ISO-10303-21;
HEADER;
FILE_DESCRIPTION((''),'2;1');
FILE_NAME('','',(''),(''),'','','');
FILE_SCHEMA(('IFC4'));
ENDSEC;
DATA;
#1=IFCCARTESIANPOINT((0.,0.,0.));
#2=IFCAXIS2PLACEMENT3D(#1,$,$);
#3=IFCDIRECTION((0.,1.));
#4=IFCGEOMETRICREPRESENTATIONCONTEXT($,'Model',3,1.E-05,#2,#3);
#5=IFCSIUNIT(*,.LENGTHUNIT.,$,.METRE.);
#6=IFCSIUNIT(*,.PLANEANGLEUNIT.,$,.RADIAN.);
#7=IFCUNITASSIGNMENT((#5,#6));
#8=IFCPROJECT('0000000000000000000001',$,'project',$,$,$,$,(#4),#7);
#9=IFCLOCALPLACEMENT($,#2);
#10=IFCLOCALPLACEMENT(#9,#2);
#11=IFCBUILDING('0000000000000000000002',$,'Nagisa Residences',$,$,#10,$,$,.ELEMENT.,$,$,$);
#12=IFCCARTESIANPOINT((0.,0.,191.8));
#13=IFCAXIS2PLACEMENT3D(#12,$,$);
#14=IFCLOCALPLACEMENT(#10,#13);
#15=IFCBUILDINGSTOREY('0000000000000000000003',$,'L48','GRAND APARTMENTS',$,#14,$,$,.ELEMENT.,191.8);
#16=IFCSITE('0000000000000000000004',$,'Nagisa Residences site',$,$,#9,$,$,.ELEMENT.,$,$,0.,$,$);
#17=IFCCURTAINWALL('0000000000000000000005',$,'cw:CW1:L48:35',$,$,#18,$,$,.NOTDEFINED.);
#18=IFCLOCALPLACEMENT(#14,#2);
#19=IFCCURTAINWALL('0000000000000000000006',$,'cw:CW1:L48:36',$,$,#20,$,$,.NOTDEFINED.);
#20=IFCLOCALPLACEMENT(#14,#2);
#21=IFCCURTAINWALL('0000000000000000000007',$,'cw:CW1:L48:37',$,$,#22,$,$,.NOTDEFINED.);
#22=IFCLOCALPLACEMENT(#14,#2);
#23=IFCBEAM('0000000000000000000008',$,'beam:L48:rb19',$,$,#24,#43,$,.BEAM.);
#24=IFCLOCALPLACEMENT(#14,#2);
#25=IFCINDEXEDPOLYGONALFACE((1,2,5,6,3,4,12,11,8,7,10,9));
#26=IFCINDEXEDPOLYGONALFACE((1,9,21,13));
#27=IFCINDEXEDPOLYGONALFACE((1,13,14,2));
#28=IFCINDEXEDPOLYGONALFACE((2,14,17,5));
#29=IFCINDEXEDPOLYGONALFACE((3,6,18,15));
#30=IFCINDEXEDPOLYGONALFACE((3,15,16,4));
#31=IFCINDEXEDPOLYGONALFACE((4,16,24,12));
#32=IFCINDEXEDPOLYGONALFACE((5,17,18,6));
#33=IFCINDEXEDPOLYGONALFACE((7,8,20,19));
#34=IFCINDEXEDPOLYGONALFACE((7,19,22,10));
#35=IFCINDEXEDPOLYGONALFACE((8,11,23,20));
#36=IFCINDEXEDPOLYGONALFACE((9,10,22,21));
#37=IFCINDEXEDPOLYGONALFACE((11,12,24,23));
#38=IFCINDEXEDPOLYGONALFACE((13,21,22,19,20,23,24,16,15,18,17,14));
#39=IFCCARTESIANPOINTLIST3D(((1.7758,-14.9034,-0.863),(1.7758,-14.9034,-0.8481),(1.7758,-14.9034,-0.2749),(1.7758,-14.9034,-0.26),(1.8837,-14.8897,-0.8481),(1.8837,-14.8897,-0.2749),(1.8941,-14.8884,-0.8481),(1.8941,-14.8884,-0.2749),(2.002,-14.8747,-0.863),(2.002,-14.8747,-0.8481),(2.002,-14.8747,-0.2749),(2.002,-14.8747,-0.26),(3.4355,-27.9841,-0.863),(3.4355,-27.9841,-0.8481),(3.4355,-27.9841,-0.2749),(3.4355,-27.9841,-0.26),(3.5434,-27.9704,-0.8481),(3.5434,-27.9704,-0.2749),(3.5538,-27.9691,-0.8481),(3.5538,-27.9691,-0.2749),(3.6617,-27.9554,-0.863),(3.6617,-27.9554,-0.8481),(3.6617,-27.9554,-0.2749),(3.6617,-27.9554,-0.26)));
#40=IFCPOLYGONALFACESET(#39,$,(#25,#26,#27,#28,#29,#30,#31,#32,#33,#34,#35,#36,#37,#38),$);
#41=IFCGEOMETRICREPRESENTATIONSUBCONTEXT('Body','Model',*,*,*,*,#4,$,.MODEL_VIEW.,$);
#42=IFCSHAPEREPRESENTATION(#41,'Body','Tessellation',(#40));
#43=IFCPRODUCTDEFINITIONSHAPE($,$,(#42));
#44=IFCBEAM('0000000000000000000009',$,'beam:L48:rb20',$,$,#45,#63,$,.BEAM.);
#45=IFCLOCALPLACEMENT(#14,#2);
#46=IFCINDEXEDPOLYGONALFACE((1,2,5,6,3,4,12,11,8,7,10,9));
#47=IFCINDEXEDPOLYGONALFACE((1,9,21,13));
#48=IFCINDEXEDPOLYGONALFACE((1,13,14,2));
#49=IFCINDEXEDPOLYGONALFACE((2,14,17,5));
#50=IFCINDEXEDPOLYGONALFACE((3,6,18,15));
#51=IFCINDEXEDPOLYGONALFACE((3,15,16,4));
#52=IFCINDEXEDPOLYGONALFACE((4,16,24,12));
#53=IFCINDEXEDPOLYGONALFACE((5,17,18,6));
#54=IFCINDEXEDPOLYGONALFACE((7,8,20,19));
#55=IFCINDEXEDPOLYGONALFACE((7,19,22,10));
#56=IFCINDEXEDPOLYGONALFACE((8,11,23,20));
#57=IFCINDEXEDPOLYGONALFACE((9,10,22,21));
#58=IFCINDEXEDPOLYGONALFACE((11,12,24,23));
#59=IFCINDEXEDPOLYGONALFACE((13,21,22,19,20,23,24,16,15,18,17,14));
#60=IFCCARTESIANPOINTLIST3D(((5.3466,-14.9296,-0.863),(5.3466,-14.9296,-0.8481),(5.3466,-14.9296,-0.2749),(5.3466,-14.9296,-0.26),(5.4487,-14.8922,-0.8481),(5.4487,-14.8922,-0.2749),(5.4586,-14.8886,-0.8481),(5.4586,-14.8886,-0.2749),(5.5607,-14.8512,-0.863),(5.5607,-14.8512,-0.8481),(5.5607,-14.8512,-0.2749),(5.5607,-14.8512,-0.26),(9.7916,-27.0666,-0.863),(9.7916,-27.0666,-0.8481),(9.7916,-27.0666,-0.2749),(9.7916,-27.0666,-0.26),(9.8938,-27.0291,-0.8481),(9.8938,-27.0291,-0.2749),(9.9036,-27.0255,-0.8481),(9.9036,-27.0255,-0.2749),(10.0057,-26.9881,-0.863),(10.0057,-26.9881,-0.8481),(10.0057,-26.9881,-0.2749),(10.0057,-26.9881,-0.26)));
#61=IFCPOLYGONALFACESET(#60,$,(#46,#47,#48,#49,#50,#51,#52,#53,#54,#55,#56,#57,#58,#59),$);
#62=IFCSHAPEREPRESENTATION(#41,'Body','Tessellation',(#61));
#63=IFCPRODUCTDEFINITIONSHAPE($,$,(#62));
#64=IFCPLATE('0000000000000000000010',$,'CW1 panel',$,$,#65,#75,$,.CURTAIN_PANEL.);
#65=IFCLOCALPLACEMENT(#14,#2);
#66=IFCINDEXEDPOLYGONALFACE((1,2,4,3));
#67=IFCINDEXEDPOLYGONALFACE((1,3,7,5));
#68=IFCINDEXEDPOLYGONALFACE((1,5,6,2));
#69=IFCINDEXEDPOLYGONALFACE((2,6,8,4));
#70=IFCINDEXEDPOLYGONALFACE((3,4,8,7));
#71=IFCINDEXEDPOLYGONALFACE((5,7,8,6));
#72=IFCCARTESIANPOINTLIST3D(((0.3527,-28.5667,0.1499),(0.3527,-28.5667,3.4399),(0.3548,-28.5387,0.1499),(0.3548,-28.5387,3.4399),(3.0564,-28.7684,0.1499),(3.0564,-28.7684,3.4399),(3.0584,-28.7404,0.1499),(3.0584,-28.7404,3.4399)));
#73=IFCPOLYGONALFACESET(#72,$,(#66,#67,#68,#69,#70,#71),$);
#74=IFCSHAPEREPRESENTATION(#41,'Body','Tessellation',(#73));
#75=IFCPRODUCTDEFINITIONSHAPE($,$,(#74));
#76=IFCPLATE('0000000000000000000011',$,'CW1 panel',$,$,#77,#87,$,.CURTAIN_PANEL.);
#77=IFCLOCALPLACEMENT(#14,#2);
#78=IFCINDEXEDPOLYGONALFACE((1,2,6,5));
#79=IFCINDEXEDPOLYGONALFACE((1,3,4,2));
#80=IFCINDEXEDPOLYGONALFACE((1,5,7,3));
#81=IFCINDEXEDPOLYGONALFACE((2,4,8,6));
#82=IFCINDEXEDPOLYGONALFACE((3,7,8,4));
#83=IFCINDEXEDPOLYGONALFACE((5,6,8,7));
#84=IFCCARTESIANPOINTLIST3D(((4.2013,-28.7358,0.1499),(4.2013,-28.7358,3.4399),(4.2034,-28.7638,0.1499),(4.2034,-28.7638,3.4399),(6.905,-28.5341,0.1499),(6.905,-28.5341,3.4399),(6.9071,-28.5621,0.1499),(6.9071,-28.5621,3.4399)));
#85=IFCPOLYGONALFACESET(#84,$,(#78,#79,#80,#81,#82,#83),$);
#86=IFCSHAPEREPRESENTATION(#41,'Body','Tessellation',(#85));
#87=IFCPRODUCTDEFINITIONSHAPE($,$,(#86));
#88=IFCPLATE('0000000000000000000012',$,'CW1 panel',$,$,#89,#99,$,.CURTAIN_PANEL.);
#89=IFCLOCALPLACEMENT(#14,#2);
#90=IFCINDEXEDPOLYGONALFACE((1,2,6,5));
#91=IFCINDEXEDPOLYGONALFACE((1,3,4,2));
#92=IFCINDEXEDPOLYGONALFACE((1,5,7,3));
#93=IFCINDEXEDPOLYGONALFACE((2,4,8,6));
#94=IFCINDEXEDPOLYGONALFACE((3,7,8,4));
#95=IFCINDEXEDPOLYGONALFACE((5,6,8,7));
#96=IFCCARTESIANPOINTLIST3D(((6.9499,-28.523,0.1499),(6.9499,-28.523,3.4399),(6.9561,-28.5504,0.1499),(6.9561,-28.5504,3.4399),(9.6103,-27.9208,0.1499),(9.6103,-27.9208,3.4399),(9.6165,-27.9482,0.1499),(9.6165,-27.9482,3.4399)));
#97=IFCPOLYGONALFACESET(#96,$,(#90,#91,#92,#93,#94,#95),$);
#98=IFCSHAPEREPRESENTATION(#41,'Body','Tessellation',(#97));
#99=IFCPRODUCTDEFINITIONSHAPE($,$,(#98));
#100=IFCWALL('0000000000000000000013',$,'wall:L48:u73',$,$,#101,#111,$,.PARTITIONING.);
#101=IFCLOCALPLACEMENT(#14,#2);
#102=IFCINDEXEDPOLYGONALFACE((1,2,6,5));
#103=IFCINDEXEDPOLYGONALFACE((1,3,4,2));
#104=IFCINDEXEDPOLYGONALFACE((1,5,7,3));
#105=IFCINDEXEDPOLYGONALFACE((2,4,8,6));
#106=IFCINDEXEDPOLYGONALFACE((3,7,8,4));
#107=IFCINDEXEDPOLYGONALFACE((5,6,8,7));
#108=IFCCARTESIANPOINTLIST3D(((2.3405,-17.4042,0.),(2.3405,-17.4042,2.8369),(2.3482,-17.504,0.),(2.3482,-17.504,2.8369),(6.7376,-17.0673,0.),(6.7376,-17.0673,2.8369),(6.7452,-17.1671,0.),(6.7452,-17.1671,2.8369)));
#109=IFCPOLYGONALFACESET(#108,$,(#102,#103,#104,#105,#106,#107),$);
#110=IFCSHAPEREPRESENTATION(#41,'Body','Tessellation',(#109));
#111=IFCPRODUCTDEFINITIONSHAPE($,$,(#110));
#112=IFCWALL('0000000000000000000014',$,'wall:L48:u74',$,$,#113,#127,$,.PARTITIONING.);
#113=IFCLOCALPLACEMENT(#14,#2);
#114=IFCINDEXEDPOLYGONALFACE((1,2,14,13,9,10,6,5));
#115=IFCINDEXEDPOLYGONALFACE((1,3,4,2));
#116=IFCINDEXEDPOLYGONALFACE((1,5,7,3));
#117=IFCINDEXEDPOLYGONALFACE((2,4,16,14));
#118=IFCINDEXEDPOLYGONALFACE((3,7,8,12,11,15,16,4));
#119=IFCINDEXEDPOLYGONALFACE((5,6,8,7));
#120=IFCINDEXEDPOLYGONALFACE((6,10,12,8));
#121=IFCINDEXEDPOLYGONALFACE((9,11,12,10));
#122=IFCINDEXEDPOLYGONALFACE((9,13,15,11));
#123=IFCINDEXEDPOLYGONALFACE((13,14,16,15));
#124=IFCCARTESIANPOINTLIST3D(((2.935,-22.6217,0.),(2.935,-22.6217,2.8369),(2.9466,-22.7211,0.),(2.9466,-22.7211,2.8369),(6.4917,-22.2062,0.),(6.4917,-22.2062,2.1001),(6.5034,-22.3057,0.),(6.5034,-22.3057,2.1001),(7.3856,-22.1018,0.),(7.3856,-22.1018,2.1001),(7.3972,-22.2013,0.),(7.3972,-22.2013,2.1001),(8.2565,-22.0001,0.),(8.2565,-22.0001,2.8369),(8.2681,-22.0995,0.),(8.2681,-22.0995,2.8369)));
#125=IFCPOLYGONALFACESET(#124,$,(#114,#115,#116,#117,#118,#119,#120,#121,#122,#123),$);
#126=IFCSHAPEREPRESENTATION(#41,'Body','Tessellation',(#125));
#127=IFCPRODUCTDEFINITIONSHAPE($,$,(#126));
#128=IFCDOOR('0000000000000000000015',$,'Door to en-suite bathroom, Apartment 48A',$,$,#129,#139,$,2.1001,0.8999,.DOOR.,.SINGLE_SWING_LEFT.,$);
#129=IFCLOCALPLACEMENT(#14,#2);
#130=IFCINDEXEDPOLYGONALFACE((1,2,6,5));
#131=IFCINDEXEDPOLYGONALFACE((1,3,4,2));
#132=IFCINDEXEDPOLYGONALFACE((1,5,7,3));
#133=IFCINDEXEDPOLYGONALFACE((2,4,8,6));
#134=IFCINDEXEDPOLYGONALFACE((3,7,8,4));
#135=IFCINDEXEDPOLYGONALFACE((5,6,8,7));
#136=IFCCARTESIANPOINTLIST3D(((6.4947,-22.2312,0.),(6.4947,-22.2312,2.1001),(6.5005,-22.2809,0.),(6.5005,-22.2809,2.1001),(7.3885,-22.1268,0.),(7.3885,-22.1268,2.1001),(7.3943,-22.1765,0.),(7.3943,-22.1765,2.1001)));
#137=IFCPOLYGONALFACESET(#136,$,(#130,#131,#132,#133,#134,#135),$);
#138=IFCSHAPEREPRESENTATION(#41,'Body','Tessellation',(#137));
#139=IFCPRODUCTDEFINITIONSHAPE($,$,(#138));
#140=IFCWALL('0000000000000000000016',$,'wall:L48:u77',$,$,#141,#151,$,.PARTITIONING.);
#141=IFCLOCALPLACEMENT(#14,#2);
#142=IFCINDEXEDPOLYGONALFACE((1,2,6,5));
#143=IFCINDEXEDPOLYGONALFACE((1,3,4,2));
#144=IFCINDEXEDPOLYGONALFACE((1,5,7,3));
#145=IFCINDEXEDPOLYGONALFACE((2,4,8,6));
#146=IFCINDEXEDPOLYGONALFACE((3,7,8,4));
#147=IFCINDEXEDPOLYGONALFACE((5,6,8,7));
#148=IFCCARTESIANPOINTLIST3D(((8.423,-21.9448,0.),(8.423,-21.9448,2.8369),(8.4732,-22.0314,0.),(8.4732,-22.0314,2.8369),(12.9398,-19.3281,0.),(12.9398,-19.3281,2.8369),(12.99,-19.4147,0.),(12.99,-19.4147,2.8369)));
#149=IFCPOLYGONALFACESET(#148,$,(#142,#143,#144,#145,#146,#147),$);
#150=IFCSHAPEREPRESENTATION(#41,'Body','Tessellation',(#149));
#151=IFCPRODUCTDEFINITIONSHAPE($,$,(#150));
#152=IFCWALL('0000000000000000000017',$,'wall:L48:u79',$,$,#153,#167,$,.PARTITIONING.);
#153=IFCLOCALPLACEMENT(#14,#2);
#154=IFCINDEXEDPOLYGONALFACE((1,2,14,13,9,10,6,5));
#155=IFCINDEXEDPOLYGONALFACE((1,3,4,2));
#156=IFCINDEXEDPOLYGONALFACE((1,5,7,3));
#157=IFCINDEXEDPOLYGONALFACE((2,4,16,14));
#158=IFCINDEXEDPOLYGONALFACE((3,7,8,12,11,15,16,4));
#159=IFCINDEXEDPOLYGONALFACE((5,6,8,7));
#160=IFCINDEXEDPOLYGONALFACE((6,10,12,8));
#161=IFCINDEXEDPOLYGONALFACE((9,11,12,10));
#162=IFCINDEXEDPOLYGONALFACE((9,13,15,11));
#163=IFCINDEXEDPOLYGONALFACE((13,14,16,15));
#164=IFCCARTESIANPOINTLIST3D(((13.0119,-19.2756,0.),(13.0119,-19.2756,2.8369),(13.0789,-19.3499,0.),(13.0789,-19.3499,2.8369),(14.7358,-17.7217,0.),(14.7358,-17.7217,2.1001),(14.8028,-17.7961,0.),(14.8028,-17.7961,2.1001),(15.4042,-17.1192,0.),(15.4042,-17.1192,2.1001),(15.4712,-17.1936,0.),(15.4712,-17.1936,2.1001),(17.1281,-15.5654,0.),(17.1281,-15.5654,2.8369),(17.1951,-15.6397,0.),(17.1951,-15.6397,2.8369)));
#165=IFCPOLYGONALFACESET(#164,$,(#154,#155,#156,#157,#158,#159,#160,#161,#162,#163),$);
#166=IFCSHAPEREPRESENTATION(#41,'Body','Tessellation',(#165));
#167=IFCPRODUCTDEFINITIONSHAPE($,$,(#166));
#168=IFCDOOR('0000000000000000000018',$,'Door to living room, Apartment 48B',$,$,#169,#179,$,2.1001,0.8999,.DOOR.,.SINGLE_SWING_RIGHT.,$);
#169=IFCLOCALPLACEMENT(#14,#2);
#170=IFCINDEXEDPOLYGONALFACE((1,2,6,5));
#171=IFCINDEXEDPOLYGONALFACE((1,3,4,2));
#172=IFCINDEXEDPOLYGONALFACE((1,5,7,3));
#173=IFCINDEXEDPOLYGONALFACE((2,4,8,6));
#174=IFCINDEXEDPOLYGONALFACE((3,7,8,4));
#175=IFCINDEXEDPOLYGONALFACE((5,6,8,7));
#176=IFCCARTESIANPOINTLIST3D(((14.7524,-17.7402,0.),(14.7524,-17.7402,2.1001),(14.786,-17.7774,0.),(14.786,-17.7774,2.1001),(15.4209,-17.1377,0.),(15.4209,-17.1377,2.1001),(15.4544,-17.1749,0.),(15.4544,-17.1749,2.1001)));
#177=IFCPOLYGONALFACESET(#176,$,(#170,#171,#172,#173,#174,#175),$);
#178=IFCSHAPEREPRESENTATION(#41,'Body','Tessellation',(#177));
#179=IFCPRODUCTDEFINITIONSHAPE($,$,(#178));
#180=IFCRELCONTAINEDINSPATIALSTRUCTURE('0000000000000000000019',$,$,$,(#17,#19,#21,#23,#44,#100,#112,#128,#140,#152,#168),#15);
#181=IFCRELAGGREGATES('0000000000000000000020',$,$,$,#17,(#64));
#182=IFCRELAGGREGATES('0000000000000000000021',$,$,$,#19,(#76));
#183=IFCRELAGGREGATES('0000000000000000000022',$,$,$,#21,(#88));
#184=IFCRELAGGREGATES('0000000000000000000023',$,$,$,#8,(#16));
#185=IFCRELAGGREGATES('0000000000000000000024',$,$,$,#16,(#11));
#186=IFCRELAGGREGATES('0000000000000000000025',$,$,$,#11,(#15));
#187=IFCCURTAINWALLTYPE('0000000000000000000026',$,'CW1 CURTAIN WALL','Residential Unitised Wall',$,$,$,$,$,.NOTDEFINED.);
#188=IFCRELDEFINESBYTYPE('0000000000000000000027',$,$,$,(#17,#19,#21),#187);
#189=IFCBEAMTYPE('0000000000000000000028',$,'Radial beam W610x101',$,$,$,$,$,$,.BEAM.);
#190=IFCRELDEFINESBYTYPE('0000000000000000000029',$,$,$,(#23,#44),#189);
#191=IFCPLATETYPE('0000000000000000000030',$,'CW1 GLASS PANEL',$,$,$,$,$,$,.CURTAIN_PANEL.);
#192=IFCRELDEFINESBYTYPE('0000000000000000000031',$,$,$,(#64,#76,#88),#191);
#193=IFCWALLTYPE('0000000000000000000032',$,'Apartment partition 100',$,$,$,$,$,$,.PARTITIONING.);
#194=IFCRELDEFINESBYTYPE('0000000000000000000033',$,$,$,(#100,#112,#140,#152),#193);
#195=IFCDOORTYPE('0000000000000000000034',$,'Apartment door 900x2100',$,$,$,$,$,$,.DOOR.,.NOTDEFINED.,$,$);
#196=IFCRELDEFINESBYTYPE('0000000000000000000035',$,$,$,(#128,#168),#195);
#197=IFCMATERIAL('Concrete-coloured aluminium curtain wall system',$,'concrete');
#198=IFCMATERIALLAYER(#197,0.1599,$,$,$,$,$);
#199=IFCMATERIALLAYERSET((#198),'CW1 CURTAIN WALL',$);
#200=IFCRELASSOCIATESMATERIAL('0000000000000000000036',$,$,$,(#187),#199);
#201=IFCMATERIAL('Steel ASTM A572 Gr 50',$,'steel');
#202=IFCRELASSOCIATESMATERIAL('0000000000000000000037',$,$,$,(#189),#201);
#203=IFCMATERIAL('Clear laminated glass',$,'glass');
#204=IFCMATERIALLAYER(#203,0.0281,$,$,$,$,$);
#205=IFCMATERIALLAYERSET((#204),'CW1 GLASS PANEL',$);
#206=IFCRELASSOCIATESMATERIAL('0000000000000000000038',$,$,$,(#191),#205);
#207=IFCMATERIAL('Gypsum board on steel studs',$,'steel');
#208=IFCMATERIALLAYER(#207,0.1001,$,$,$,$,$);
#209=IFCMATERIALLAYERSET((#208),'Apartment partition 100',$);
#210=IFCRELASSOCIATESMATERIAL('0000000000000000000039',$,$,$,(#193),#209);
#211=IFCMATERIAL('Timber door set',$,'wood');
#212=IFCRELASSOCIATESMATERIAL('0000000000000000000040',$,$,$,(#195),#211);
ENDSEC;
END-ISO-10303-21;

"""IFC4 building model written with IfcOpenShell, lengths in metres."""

from ifc_helpers import new_model, si_unit, direction, frame, frame_2d, origin, origin_2d, place, context, subcontext, project, spatial, rectangle, i_section, extrude, material, layer, layer_set, material_profile, profile_set, type_object, element, fill, aggregate, save


model = new_model("IFC4")

# Units and contexts
model_context = context("Model", 3, precision=1e-05, world=origin(), true_north=direction((0.0, 1.0)))
body_context = subcontext(model_context, "Body", "Model", "MODEL_VIEW")
ifc_project = project(units=[si_unit("LENGTHUNIT", "METRE"), si_unit("PLANEANGLEUNIT", "RADIAN")], contexts=[model_context])

# Site, building, storey
site_placement = place(None, origin())
site = spatial("IfcSite", under=ifc_project, at=site_placement, Name="Nagisa Residences site", CompositionType="ELEMENT", RefElevation=0.0)
building_placement = place(site_placement, origin())
building = spatial("IfcBuilding", under=site, at=building_placement, Name="Nagisa Residences", CompositionType="ELEMENT")
storey_placement = place(building_placement, frame((0.0, 0.0, 191.8)))
storey = spatial("IfcBuildingStorey", under=building, at=storey_placement, Name="L48", Description="GRAND APARTMENTS", CompositionType="ELEMENT", Elevation=191.8)

# Curtain walls
ifc_material_1 = material(Name="Concrete-coloured aluminium curtain wall system", Category="concrete")
ifc_layer_1 = layer(ifc_material_1, 0.1599)
ifc_layer_set_1 = layer_set([ifc_layer_1], Name="CW1 CURTAIN WALL")
curtain_wall_type = type_object("IfcCurtainWallType", Name="CW1 CURTAIN WALL", Description="Residential Unitised Wall", PredefinedType="NOTDEFINED", material=ifc_layer_set_1)
curtain_wall_1_placement = place(storey_placement, origin())
curtain_wall_1 = element("IfcCurtainWall", 1, at=curtain_wall_1_placement, inside=storey, type_object=curtain_wall_type, Name="cw:CW1:L48:35", PredefinedType="NOTDEFINED")
curtain_wall_2_placement = place(storey_placement, origin())
curtain_wall_2 = element("IfcCurtainWall", 2, at=curtain_wall_2_placement, inside=storey, type_object=curtain_wall_type, Name="cw:CW1:L48:36", PredefinedType="NOTDEFINED")
curtain_wall_3_placement = place(storey_placement, origin())
curtain_wall_3 = element("IfcCurtainWall", 3, at=curtain_wall_3_placement, inside=storey, type_object=curtain_wall_type, Name="cw:CW1:L48:37", PredefinedType="NOTDEFINED")

# Beams
ifc_material_2 = material(Name="Steel ASTM A572 Gr 50", Category="steel")
ifc_material_profile_1 = material_profile(ifc_material_2, i_section(OverallWidth=0.228, OverallDepth=0.603, WebThickness=0.0105, FlangeThickness=0.0149, at=origin_2d()), Name="W610x101")
ifc_profile_set_1 = profile_set([ifc_material_profile_1], Name="Steel ASTM A572 Gr 50")
beam_type_1 = type_object("IfcBeamType", Name="Radial beam W610x101", PredefinedType="BEAM", material=ifc_profile_set_1)
beam_1_placement = place(storey_placement, frame((3.5486, -27.9697, -0.5615), z_axis=(-0.125871, 0.992047, 0.0), x_axis=(-0.992047, -0.125871, 0.0)))
element("IfcBeam", 4, at=beam_1_placement, inside=storey, type_object=beam_type_1, Name="beam:L48:rb19", PredefinedType="BEAM", context=body_context, shape_type="SweptSolid", body=[
    extrude(i_section(OverallWidth=0.228, OverallDepth=0.603, WebThickness=0.0105, FlangeThickness=0.0149, at=origin_2d()), origin(), (0.0, 0.0, 1.0), 13.1855),
])
beam_2_placement = place(storey_placement, frame((9.8987, -27.0273, -0.5615), z_axis=(-0.343903, 0.939005, 0.0), x_axis=(-0.939005, -0.343903, 0.0)))
element("IfcBeam", 5, at=beam_2_placement, inside=storey, type_object=beam_type_1, Name="beam:L48:rb20", PredefinedType="BEAM", context=body_context, shape_type="SweptSolid", body=[
    extrude(i_section(OverallWidth=0.228, OverallDepth=0.603, WebThickness=0.0105, FlangeThickness=0.0149, at=origin_2d()), origin(), (0.0, 0.0, 1.0), 12.9253),
])

# Plates
ifc_material_3 = material(Name="Clear laminated glass", Category="glass")
ifc_layer_2 = layer(ifc_material_3, 0.0281)
ifc_layer_set_2 = layer_set([ifc_layer_2], Name="CW1 GLASS PANEL")
plate_type = type_object("IfcPlateType", Name="CW1 GLASS PANEL", PredefinedType="CURTAIN_PANEL", material=ifc_layer_set_2)
plate_1_placement = place(storey_placement, frame((1.7056, -28.6536, 0.1499), z_axis=(0.0, 0.0, 1.0), x_axis=(0.99723, -0.074377, 0.0)))
plate_1 = element("IfcPlate", 6, at=plate_1_placement, type_object=plate_type, Name="CW1 panel", PredefinedType="CURTAIN_PANEL", context=body_context, shape_type="SweptSolid", body=[
    extrude(rectangle(XDim=2.7112, YDim=0.0281, at=origin_2d()), origin(), (0.0, 0.0, 1.0), 3.29),
])
aggregate(curtain_wall_1, [plate_1])
plate_2_placement = place(storey_placement, frame((5.5542, -28.6489, 0.1499), z_axis=(0.0, 0.0, 1.0), x_axis=(0.99723, 0.074377, 0.0)))
plate_2 = element("IfcPlate", 7, at=plate_2_placement, type_object=plate_type, Name="CW1 panel", PredefinedType="CURTAIN_PANEL", context=body_context, shape_type="SweptSolid", body=[
    extrude(rectangle(XDim=2.7112, YDim=0.0281, at=origin_2d()), origin(), (0.0, 0.0, 1.0), 3.29),
])
aggregate(curtain_wall_2, [plate_2])
plate_3_placement = place(storey_placement, frame((8.2832, -28.2356, 0.1499), z_axis=(0.0, 0.0, 1.0), x_axis=(0.975327, 0.220764, 0.0)))
plate_3 = element("IfcPlate", 8, at=plate_3_placement, type_object=plate_type, Name="CW1 panel", PredefinedType="CURTAIN_PANEL", context=body_context, shape_type="SweptSolid", body=[
    extrude(rectangle(XDim=2.7278, YDim=0.0281, at=origin_2d()), origin(), (0.0, 0.0, 1.0), 3.29),
])
aggregate(curtain_wall_3, [plate_3])

# Wall
ifc_material_4 = material(Name="Gypsum board on steel studs", Category="steel")
ifc_layer_3 = layer(ifc_material_4, 0.1001)
ifc_layer_set_3 = layer_set([ifc_layer_3], Name="Apartment partition 100")
wall_type_1 = type_object("IfcWallType", Name="Apartment partition 100", PredefinedType="PARTITIONING", material=ifc_layer_set_3)
wall_1_placement = place(storey_placement, frame((2.3442, -17.4541, 0.0), z_axis=(0.0, 0.0, 1.0), x_axis=(0.997077, 0.0764, 0.0)))
element("IfcWall", 9, at=wall_1_placement, inside=storey, type_object=wall_type_1, Name="wall:L48:u73", PredefinedType="PARTITIONING", context=body_context, shape_type="SweptSolid", body=[
    extrude(rectangle(XDim=4.4099, YDim=0.1001, at=frame_2d((2.2051, 0.0))), origin(), (0.0, 0.0, 1.0), 2.8369),
])

# Wall, opening, door
wall_2_placement = place(storey_placement, frame((2.9409, -22.6714, 0.0), z_axis=(0.0, 0.0, 1.0), x_axis=(0.993247, 0.116016, 0.0)))
wall_2 = element("IfcWall", 10, at=wall_2_placement, inside=storey, type_object=wall_type_1, Name="wall:L48:u74", PredefinedType="PARTITIONING", context=body_context, shape_type="SweptSolid", body=[
    extrude(rectangle(XDim=5.3577, YDim=0.1001, at=frame_2d((2.6787, 0.0))), origin(), (0.0, 0.0, 1.0), 2.8369),
])
opening_1_placement = place(wall_2_placement, frame((3.5808, 0.0, 0.0)))
opening_1 = element("IfcOpeningElement", 11, at=opening_1_placement, cuts=wall_2, PredefinedType="OPENING", context=body_context, shape_type="SweptSolid", body=[
    extrude(rectangle(XDim=0.8999, YDim=2.1001, at=frame_2d((0.45, 1.05))), frame((0.0, 0.0601, 0.0), z_axis=(0.0, -1.0, 0.0), x_axis=(1.0, 0.0, 0.0)), (0.0, 0.0, 1.0), 0.1201),
])
ifc_material_5 = material(Name="Timber door set", Category="wood")
door_type_1 = type_object("IfcDoorType", Name="Apartment door 900x2100", OperationType="NOTDEFINED", PredefinedType="DOOR", material=ifc_material_5)
door_1_placement = place(opening_1_placement, origin())
door_1 = element("IfcDoor", 12, at=door_1_placement, inside=storey, type_object=door_type_1, Name="Door to en-suite bathroom, Apartment 48A", OperationType="SINGLE_SWING_LEFT", OverallHeight=2.1001, OverallWidth=0.8999, PredefinedType="DOOR", context=body_context, shape_type="SweptSolid", body=[
    extrude(rectangle(XDim=0.8999, YDim=2.1001, at=frame_2d((0.45, 1.05))), frame((0.0, 0.0249, 0.0), z_axis=(0.0, -1.0, 0.0), x_axis=(1.0, 0.0, 0.0)), (0.0, 0.0, 1.0), 0.05),
])
fill(opening_1, door_1)

# Wall
wall_3_placement = place(storey_placement, frame((8.4482, -21.988, 0.0), z_axis=(0.0, 0.0, 1.0), x_axis=(0.865286, 0.501278, 0.0)))
element("IfcWall", 13, at=wall_3_placement, inside=storey, type_object=wall_type_1, Name="wall:L48:u77", PredefinedType="PARTITIONING", context=body_context, shape_type="SweptSolid", body=[
    extrude(rectangle(XDim=5.22, YDim=0.1001, at=frame_2d((2.6099, 0.0))), origin(), (0.0, 0.0, 1.0), 2.8369),
])

# Wall, opening, door
wall_4_placement = place(storey_placement, frame((13.0454, -19.3127, 0.0), z_axis=(0.0, 0.0, 1.0), x_axis=(0.74279, 0.669524, 0.0)))
wall_4 = element("IfcWall", 14, at=wall_4_placement, inside=storey, type_object=wall_type_1, Name="wall:L48:u79", PredefinedType="PARTITIONING", context=body_context, shape_type="SweptSolid", body=[
    extrude(rectangle(XDim=5.5415, YDim=0.1001, at=frame_2d((2.7708, 0.0))), origin(), (0.0, 0.0, 1.0), 2.8369),
])
opening_2_placement = place(wall_4_placement, frame((2.3208, 0.0, 0.0)))
opening_2 = element("IfcOpeningElement", 15, at=opening_2_placement, cuts=wall_4, PredefinedType="OPENING", context=body_context, shape_type="SweptSolid", body=[
    extrude(rectangle(XDim=0.8999, YDim=2.1001, at=frame_2d((0.45, 1.05))), frame((0.0, 0.0601, 0.0), z_axis=(0.0, -1.0, 0.0), x_axis=(1.0, 0.0, 0.0)), (0.0, 0.0, 1.0), 0.1201),
])
door_2_placement = place(opening_2_placement, frame((0.8999, 0.0, 0.0), x_axis=(-1.0, 0.0, 0.0)))
door_2 = element("IfcDoor", 16, at=door_2_placement, inside=storey, type_object=door_type_1, Name="Door to living room, Apartment 48B", OperationType="SINGLE_SWING_RIGHT", OverallHeight=2.1001, OverallWidth=0.8999, PredefinedType="DOOR", context=body_context, shape_type="SweptSolid", body=[
    extrude(rectangle(XDim=0.8999, YDim=2.1001, at=frame_2d((0.45, 1.05))), frame((0.0, 0.0249, 0.0), z_axis=(0.0, -1.0, 0.0), x_axis=(1.0, 0.0, 0.0)), (0.0, 0.0, 1.0), 0.05),
])
fill(opening_2, door_2)

save(model, "model.ifc")
